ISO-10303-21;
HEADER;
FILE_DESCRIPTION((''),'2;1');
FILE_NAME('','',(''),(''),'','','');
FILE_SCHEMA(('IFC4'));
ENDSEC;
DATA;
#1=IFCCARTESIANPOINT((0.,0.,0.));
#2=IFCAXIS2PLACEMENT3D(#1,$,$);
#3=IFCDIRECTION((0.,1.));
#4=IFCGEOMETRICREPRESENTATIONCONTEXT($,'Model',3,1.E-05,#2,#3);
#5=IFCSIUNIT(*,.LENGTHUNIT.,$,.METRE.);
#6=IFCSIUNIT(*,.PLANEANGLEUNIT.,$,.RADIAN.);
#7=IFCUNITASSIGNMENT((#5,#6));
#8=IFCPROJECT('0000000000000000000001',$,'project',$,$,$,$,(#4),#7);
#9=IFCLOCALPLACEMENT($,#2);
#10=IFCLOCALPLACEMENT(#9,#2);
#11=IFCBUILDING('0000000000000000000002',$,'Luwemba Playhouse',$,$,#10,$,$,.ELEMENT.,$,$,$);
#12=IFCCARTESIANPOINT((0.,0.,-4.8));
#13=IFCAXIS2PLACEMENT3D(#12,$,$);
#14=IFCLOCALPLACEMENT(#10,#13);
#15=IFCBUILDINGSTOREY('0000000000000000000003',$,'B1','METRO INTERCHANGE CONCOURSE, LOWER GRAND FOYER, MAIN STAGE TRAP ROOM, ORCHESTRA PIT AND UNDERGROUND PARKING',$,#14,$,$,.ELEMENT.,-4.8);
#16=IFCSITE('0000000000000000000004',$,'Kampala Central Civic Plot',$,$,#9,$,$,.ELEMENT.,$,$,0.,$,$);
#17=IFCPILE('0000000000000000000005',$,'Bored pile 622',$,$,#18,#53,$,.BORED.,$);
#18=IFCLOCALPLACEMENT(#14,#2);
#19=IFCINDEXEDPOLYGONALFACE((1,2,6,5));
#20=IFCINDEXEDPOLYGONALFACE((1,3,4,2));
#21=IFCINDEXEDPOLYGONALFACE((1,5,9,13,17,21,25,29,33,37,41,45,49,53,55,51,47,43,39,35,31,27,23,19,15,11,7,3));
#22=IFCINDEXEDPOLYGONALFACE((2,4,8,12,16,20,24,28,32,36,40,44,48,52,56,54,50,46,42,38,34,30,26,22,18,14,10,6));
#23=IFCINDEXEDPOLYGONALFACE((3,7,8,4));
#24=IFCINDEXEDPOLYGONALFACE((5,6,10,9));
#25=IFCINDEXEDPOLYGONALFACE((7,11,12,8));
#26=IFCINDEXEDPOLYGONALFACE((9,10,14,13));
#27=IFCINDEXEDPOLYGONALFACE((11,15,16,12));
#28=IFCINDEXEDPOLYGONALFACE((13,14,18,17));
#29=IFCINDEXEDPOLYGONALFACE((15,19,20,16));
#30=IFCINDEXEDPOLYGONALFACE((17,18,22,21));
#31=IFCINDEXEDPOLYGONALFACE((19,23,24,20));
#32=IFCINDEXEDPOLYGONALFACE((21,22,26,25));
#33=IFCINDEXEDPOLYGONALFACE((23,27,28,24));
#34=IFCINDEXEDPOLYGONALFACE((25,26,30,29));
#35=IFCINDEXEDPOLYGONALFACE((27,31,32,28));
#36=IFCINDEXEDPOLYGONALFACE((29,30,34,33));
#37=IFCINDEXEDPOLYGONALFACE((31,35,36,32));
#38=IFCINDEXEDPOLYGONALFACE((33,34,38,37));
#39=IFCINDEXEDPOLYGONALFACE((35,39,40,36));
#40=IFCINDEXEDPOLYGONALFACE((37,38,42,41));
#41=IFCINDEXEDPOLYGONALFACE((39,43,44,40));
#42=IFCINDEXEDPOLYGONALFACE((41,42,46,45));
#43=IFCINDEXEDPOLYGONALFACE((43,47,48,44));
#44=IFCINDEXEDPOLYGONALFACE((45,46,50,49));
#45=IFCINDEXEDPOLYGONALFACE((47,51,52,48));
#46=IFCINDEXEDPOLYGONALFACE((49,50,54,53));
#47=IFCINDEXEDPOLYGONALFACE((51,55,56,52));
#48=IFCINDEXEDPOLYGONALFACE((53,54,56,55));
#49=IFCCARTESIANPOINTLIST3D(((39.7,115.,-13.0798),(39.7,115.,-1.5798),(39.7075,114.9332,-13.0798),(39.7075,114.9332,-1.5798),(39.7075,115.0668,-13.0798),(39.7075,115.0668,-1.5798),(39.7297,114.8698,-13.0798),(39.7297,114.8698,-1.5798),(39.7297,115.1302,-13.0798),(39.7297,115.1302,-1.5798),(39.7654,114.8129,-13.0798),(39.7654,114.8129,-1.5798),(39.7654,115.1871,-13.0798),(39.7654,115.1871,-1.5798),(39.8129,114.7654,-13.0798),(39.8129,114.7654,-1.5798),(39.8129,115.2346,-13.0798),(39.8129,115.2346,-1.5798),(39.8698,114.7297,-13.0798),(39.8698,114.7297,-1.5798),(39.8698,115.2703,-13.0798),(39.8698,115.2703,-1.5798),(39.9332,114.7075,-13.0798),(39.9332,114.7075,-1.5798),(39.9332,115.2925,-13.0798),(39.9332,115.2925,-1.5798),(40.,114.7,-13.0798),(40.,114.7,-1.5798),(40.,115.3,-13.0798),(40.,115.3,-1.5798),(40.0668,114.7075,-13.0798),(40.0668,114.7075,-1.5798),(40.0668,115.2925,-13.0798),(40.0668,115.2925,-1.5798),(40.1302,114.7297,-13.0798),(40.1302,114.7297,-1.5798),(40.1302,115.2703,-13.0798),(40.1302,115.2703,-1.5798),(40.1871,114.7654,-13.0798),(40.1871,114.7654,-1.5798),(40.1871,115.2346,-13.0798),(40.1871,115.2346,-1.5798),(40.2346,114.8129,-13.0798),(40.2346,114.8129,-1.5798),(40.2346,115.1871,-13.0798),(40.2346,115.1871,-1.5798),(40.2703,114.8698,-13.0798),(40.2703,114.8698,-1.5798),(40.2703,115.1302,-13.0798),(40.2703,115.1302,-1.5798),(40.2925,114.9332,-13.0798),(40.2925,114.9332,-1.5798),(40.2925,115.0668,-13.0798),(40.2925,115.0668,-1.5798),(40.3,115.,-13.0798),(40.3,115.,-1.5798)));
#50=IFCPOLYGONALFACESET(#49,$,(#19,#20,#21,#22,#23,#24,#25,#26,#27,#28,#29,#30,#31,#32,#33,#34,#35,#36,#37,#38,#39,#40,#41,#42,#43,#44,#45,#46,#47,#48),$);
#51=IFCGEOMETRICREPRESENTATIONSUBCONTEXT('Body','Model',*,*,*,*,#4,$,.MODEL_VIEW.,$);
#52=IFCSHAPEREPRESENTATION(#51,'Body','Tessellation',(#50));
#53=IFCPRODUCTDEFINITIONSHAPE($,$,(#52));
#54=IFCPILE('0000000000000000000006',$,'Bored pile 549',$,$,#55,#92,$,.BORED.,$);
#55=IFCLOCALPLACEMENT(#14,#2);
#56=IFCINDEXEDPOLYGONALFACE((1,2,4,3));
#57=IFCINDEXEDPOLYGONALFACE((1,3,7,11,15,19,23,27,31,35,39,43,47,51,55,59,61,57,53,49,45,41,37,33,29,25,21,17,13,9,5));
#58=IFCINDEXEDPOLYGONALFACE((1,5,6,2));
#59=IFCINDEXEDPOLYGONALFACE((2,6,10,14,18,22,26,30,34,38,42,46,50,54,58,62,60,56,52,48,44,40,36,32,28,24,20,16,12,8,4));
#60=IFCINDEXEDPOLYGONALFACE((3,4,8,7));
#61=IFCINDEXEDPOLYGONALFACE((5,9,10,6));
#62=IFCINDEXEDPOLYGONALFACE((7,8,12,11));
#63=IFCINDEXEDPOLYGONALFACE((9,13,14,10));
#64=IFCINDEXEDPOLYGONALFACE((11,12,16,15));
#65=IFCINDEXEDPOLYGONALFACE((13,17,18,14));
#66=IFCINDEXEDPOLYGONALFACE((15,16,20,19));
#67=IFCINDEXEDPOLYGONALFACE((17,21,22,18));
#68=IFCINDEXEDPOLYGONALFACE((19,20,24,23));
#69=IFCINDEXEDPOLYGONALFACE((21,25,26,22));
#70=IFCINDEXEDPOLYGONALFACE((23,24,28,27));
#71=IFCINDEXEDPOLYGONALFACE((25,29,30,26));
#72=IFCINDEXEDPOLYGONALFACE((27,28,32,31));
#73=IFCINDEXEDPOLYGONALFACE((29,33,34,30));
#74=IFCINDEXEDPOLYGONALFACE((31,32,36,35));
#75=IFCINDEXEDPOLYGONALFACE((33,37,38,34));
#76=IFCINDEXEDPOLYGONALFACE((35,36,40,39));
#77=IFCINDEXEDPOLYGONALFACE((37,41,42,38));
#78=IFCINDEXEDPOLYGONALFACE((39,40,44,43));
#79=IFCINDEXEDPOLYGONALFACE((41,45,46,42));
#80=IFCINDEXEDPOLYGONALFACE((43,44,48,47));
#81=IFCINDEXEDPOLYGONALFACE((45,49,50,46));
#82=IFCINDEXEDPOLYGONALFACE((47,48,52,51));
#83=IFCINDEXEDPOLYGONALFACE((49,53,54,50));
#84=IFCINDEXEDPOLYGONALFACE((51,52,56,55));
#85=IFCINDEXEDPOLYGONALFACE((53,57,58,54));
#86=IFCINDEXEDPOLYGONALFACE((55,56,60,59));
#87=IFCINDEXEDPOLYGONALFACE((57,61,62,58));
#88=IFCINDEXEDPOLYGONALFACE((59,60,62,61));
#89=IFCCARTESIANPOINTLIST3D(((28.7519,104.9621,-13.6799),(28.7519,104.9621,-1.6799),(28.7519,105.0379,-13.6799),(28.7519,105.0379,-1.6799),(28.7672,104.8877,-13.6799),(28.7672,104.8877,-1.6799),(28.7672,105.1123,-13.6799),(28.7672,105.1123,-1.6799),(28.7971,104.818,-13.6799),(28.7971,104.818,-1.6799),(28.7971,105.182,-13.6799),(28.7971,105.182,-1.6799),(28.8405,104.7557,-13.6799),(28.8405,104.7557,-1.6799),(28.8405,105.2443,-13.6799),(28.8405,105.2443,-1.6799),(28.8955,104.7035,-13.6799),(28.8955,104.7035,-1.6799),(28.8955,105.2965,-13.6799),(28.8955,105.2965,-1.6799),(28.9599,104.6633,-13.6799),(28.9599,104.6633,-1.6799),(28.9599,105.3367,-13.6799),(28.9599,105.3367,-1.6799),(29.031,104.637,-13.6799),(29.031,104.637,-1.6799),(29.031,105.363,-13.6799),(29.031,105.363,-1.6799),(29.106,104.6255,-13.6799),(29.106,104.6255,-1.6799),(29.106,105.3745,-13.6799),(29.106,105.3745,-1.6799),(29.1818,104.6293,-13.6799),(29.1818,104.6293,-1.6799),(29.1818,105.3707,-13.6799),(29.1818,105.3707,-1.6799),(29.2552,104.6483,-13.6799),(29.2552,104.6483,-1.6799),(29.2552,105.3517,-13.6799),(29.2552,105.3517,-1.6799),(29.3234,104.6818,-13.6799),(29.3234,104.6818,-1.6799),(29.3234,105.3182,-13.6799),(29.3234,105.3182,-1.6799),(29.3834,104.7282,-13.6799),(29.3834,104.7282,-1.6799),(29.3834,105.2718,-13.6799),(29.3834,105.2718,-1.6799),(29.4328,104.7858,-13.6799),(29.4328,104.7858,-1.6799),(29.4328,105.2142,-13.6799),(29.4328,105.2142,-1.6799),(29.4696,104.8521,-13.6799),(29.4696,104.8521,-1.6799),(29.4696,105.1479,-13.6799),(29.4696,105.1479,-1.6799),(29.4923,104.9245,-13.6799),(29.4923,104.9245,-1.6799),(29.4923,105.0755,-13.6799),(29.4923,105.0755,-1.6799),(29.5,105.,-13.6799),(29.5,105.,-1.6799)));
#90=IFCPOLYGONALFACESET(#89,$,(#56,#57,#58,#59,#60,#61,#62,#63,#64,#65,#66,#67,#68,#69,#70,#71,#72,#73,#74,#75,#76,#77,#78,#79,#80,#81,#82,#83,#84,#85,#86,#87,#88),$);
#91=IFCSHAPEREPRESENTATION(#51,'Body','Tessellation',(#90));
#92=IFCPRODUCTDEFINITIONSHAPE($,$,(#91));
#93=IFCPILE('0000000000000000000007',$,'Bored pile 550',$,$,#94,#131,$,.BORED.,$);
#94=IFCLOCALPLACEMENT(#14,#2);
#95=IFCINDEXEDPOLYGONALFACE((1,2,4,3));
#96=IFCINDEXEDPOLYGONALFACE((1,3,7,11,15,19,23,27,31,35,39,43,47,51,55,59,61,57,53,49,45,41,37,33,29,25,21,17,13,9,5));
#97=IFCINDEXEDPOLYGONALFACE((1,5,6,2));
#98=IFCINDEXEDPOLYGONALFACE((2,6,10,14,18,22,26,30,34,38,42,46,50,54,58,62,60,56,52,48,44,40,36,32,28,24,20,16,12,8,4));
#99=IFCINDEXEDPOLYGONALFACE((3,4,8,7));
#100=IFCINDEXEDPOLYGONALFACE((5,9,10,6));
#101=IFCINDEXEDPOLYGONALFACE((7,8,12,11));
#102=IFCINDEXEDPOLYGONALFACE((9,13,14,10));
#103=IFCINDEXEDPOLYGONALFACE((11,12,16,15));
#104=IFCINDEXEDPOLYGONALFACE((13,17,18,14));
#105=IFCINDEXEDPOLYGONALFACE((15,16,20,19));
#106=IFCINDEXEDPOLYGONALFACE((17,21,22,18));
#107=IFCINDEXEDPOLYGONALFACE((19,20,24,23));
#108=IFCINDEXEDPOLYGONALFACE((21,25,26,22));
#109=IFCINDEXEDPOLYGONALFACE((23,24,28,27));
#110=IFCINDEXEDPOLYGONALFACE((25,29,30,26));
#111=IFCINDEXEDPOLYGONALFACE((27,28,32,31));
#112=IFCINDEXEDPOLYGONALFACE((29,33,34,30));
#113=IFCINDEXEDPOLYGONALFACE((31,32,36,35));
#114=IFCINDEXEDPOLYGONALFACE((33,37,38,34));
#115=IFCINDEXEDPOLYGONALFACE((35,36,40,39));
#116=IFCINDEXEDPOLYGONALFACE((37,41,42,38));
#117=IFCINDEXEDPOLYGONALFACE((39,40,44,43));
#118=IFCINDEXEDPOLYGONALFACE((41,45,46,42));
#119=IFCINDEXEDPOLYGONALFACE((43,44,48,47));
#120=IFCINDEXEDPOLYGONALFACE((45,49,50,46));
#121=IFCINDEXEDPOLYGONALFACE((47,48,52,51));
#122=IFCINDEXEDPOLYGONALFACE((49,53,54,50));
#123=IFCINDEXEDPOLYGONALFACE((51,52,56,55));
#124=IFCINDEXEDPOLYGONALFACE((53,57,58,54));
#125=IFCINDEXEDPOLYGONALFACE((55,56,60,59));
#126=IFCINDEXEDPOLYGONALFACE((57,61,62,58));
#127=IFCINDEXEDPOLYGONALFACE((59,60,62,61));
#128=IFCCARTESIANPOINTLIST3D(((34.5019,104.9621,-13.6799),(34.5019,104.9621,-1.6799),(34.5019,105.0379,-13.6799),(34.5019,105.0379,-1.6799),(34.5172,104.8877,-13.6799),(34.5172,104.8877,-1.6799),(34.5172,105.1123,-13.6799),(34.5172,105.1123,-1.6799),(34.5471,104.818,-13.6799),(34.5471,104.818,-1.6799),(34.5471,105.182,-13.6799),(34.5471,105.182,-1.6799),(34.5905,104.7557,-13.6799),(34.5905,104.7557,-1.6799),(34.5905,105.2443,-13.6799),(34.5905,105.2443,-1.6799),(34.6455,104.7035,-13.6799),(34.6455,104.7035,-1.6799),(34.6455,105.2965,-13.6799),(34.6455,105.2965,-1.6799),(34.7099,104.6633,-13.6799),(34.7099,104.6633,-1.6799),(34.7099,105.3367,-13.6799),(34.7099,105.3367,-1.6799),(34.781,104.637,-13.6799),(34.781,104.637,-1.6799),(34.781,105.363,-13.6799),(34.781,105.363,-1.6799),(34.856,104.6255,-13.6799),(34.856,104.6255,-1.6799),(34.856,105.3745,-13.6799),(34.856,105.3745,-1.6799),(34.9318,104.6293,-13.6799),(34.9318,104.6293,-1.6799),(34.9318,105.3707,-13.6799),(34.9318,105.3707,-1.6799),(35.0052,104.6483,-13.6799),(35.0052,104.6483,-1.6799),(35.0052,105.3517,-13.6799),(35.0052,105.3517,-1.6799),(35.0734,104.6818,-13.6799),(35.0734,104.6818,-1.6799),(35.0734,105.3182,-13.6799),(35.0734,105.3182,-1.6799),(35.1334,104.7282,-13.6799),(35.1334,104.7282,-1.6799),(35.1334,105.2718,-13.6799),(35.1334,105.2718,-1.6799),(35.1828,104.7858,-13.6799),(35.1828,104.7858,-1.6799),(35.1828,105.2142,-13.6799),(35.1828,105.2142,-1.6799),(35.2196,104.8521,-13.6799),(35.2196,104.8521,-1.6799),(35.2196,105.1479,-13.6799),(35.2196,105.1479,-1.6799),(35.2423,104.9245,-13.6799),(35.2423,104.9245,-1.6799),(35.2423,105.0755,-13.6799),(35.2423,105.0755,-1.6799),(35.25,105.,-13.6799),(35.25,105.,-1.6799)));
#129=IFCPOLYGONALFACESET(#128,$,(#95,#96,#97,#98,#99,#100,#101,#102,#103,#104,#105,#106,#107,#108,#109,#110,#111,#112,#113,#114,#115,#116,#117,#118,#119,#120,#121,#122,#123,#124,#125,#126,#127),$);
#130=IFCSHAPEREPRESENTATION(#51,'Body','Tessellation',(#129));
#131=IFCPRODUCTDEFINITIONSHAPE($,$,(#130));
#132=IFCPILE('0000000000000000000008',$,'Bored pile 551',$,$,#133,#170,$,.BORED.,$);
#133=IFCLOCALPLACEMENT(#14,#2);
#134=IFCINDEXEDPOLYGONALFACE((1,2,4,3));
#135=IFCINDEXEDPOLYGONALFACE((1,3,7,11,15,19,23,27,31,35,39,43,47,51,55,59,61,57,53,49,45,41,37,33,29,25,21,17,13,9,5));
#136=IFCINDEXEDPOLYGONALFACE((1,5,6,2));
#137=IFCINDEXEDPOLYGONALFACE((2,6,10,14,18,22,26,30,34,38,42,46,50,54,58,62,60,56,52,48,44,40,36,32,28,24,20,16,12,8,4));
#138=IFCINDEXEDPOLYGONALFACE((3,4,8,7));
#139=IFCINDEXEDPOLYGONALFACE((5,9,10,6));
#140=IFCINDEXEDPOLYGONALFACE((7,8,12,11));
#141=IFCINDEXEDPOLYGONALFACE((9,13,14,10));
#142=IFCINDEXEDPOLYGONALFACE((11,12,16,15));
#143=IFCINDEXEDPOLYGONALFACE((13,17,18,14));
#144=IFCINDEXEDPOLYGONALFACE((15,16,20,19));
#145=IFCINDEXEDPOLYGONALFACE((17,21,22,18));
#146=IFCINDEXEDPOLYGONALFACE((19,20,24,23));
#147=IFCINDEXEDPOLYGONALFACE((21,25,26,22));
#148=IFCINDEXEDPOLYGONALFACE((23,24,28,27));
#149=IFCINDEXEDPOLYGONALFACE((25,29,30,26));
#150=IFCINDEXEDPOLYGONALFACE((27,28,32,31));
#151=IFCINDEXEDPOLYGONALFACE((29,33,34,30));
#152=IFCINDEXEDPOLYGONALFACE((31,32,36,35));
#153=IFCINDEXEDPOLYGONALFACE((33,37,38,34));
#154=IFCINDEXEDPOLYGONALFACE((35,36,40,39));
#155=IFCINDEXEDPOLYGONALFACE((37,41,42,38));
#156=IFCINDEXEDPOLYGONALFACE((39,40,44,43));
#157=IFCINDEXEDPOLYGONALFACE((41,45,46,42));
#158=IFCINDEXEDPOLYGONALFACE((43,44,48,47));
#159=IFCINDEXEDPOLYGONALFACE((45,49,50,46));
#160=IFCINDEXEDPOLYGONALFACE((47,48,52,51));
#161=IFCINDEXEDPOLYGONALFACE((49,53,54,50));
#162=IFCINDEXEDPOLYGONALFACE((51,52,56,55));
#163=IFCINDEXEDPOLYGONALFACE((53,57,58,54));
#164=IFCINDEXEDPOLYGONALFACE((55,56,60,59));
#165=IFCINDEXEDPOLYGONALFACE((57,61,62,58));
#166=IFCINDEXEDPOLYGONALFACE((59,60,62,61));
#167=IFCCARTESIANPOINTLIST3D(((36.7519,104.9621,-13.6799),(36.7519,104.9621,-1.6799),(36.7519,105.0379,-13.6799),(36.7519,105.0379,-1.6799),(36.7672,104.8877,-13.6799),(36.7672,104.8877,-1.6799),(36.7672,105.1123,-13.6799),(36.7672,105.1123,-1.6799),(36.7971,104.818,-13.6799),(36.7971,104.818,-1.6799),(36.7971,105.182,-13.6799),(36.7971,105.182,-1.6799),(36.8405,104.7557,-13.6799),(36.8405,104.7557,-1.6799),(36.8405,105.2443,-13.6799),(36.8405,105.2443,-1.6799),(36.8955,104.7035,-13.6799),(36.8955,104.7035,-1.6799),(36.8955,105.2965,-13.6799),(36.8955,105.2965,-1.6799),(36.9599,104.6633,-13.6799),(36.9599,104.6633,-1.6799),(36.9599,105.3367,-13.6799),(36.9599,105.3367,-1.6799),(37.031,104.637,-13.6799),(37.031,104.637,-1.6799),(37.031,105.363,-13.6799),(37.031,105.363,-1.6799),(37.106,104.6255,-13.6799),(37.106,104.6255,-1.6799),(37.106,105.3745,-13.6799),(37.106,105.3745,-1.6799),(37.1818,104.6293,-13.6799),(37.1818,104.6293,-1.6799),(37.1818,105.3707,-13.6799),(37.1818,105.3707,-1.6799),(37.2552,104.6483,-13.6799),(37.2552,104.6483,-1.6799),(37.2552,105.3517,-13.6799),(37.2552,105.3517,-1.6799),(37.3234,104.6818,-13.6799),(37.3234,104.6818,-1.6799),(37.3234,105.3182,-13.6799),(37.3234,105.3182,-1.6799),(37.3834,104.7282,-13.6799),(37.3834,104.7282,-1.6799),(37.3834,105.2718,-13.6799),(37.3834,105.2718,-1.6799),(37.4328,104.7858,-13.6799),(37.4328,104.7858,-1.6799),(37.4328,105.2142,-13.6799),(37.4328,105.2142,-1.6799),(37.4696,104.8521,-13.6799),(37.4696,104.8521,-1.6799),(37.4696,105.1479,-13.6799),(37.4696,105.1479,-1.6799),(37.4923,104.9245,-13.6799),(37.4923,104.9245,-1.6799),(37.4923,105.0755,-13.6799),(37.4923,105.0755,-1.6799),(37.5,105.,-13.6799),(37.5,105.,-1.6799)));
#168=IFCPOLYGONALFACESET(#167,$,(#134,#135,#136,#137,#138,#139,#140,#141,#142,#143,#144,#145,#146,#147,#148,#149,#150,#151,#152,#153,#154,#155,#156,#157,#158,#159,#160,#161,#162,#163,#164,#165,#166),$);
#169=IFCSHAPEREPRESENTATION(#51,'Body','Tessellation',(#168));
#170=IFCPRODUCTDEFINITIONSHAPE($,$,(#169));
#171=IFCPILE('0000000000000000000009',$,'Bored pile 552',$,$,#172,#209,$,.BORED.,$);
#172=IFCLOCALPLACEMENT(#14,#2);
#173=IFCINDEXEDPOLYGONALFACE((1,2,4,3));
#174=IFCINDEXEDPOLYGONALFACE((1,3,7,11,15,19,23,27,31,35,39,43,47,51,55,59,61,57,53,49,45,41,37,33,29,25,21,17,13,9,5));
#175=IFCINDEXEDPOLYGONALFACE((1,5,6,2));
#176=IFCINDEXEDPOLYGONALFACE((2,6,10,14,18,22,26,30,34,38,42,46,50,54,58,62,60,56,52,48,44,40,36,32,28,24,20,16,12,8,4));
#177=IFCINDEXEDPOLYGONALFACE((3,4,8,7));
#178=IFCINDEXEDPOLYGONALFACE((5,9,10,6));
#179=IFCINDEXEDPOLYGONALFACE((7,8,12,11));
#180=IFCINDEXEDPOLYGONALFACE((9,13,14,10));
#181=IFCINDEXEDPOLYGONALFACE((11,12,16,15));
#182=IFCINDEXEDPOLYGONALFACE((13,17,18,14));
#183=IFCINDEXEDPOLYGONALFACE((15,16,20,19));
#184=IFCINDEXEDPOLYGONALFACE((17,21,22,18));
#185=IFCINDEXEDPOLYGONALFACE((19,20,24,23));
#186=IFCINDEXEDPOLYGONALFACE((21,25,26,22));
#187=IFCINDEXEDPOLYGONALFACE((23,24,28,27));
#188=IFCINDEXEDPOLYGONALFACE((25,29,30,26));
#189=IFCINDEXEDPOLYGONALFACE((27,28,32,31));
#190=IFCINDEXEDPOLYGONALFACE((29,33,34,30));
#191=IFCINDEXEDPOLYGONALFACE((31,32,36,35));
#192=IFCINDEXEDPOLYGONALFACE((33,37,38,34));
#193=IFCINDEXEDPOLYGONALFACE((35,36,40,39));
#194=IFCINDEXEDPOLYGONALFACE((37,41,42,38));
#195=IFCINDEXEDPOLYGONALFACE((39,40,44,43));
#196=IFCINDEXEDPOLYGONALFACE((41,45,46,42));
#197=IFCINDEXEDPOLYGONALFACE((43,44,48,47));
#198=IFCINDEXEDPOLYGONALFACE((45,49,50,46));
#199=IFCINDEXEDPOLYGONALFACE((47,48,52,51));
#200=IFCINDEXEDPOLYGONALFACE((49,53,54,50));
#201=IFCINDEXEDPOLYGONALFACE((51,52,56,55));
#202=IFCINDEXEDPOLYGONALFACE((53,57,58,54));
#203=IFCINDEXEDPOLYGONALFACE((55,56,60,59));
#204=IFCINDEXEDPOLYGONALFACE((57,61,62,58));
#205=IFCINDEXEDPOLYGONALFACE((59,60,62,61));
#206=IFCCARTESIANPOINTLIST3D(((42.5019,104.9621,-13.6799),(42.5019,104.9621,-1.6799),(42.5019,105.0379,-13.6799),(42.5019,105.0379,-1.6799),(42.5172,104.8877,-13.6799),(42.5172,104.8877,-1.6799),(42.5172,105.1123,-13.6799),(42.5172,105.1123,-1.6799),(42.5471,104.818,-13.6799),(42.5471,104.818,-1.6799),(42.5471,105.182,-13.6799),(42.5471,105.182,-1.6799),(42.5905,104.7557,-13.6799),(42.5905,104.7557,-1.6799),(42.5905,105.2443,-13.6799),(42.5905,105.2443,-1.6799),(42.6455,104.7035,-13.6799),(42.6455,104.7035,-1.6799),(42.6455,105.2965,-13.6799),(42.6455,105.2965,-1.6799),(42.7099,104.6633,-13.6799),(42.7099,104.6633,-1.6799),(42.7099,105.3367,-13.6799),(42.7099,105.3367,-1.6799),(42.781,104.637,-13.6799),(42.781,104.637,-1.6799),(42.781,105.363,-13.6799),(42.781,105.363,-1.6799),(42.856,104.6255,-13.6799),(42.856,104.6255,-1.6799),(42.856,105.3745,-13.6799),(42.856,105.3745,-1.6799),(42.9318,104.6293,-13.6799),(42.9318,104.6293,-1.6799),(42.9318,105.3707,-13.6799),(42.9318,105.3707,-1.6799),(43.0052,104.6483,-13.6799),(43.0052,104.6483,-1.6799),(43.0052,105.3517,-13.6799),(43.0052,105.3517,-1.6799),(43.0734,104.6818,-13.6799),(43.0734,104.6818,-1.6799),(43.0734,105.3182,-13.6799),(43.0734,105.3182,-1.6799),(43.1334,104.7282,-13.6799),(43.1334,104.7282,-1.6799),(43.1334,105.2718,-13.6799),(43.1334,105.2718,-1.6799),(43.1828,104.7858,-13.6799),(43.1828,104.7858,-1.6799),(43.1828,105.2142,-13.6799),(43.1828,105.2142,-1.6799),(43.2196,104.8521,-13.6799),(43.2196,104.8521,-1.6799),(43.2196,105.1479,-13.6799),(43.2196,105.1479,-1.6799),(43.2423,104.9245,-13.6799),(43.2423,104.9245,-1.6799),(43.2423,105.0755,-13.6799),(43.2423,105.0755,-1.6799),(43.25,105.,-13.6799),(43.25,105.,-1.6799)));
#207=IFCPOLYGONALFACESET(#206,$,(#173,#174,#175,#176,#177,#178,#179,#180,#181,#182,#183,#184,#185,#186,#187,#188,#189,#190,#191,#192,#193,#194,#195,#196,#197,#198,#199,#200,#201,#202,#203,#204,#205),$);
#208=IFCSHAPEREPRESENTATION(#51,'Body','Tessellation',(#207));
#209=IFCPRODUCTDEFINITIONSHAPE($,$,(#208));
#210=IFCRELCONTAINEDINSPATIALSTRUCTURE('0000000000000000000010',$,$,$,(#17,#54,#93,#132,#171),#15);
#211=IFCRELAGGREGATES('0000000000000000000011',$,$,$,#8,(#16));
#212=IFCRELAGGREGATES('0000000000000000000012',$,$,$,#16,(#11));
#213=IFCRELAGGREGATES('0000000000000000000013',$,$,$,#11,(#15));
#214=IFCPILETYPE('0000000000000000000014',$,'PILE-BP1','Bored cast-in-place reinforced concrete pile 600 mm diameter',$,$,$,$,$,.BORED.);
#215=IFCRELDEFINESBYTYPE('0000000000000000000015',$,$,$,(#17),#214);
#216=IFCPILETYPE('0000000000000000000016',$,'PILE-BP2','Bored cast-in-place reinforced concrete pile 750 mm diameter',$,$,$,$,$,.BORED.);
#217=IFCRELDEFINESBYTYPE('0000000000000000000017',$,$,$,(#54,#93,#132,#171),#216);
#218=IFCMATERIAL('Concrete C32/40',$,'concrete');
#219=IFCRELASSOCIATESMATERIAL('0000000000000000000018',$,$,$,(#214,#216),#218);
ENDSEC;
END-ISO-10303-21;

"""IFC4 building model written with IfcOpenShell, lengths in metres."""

from ifc_helpers import new_model, si_unit, direction, frame, origin, origin_2d, place, context, subcontext, project, spatial, circle, extrude, material, material_profile, profile_set, type_object, element, save


model = new_model("IFC4")

# Units and contexts
model_context = context("Model", 3, precision=1e-05, world=origin(), true_north=direction((0.0, 1.0)))
body_context = subcontext(model_context, "Body", "Model", "MODEL_VIEW")
ifc_project = project(units=[si_unit("LENGTHUNIT", "METRE"), si_unit("PLANEANGLEUNIT", "RADIAN")], contexts=[model_context])

# Site, building, storey
site_placement = place(None, origin())
site = spatial("IfcSite", under=ifc_project, at=site_placement, Name="Kampala Central Civic Plot", CompositionType="ELEMENT", RefElevation=0.0)
building_placement = place(site_placement, origin())
building = spatial("IfcBuilding", under=site, at=building_placement, Name="Luwemba Playhouse", CompositionType="ELEMENT")
storey_placement = place(building_placement, frame((0.0, 0.0, -4.8)))
storey = spatial("IfcBuildingStorey", under=building, at=storey_placement, Name="B1", Description="METRO INTERCHANGE CONCOURSE, LOWER GRAND FOYER, MAIN STAGE TRAP ROOM, ORCHESTRA PIT AND UNDERGROUND PARKING", CompositionType="ELEMENT", Elevation=-4.8)

# Shared definitions
ifc_material_1 = material(Name="Concrete C32/40", Category="concrete")

# Piles
ifc_material_profile_1 = material_profile(ifc_material_1, circle(Radius=0.3, at=origin_2d()))
ifc_profile_set_1 = profile_set([ifc_material_profile_1], Name="Concrete C32/40")
pile_type_1 = type_object("IfcPileType", Name="PILE-BP1", Description="Bored cast-in-place reinforced concrete pile 600 mm diameter", PredefinedType="BORED", material=ifc_profile_set_1)
for number, where, z_axis, x_axis, name in (
    (1, (40.0, 115.0, -1.5798), (0.0, 0.0, -1.0), (1.0, 0.0, 0.0), "Bored pile 622"),
):
    element("IfcPile", number, at=place(storey_placement, frame(where, z_axis=z_axis, x_axis=x_axis)), inside=storey, type_object=pile_type_1, Name=name, PredefinedType="BORED", context=body_context, shape_type="SweptSolid", body=[
        extrude(circle(Radius=0.3, at=origin_2d()), origin(), (0.0, 0.0, 1.0), 11.5),
    ])
ifc_material_profile_2 = material_profile(ifc_material_1, circle(Radius=0.375, at=origin_2d()))
ifc_profile_set_2 = profile_set([ifc_material_profile_2], Name="Concrete C32/40")
pile_type_2 = type_object("IfcPileType", Name="PILE-BP2", Description="Bored cast-in-place reinforced concrete pile 750 mm diameter", PredefinedType="BORED", material=ifc_profile_set_2)
for number, where, z_axis, x_axis, name in (
    (2, (29.125, 105.0, -1.6799), (0.0, 0.0, -1.0), (1.0, 0.0, 0.0), "Bored pile 549"),
    (3, (34.875, 105.0, -1.6799), (0.0, 0.0, -1.0), (1.0, 0.0, 0.0), "Bored pile 550"),
    (4, (37.125, 105.0, -1.6799), (0.0, 0.0, -1.0), (1.0, 0.0, 0.0), "Bored pile 551"),
    (5, (42.875, 105.0, -1.6799), (0.0, 0.0, -1.0), (1.0, 0.0, 0.0), "Bored pile 552"),
):
    element("IfcPile", number, at=place(storey_placement, frame(where, z_axis=z_axis, x_axis=x_axis)), inside=storey, type_object=pile_type_2, Name=name, PredefinedType="BORED", context=body_context, shape_type="SweptSolid", body=[
        extrude(circle(Radius=0.375, at=origin_2d()), origin(), (0.0, 0.0, 1.0), 12.0),
    ])

save(model, "model.ifc")
